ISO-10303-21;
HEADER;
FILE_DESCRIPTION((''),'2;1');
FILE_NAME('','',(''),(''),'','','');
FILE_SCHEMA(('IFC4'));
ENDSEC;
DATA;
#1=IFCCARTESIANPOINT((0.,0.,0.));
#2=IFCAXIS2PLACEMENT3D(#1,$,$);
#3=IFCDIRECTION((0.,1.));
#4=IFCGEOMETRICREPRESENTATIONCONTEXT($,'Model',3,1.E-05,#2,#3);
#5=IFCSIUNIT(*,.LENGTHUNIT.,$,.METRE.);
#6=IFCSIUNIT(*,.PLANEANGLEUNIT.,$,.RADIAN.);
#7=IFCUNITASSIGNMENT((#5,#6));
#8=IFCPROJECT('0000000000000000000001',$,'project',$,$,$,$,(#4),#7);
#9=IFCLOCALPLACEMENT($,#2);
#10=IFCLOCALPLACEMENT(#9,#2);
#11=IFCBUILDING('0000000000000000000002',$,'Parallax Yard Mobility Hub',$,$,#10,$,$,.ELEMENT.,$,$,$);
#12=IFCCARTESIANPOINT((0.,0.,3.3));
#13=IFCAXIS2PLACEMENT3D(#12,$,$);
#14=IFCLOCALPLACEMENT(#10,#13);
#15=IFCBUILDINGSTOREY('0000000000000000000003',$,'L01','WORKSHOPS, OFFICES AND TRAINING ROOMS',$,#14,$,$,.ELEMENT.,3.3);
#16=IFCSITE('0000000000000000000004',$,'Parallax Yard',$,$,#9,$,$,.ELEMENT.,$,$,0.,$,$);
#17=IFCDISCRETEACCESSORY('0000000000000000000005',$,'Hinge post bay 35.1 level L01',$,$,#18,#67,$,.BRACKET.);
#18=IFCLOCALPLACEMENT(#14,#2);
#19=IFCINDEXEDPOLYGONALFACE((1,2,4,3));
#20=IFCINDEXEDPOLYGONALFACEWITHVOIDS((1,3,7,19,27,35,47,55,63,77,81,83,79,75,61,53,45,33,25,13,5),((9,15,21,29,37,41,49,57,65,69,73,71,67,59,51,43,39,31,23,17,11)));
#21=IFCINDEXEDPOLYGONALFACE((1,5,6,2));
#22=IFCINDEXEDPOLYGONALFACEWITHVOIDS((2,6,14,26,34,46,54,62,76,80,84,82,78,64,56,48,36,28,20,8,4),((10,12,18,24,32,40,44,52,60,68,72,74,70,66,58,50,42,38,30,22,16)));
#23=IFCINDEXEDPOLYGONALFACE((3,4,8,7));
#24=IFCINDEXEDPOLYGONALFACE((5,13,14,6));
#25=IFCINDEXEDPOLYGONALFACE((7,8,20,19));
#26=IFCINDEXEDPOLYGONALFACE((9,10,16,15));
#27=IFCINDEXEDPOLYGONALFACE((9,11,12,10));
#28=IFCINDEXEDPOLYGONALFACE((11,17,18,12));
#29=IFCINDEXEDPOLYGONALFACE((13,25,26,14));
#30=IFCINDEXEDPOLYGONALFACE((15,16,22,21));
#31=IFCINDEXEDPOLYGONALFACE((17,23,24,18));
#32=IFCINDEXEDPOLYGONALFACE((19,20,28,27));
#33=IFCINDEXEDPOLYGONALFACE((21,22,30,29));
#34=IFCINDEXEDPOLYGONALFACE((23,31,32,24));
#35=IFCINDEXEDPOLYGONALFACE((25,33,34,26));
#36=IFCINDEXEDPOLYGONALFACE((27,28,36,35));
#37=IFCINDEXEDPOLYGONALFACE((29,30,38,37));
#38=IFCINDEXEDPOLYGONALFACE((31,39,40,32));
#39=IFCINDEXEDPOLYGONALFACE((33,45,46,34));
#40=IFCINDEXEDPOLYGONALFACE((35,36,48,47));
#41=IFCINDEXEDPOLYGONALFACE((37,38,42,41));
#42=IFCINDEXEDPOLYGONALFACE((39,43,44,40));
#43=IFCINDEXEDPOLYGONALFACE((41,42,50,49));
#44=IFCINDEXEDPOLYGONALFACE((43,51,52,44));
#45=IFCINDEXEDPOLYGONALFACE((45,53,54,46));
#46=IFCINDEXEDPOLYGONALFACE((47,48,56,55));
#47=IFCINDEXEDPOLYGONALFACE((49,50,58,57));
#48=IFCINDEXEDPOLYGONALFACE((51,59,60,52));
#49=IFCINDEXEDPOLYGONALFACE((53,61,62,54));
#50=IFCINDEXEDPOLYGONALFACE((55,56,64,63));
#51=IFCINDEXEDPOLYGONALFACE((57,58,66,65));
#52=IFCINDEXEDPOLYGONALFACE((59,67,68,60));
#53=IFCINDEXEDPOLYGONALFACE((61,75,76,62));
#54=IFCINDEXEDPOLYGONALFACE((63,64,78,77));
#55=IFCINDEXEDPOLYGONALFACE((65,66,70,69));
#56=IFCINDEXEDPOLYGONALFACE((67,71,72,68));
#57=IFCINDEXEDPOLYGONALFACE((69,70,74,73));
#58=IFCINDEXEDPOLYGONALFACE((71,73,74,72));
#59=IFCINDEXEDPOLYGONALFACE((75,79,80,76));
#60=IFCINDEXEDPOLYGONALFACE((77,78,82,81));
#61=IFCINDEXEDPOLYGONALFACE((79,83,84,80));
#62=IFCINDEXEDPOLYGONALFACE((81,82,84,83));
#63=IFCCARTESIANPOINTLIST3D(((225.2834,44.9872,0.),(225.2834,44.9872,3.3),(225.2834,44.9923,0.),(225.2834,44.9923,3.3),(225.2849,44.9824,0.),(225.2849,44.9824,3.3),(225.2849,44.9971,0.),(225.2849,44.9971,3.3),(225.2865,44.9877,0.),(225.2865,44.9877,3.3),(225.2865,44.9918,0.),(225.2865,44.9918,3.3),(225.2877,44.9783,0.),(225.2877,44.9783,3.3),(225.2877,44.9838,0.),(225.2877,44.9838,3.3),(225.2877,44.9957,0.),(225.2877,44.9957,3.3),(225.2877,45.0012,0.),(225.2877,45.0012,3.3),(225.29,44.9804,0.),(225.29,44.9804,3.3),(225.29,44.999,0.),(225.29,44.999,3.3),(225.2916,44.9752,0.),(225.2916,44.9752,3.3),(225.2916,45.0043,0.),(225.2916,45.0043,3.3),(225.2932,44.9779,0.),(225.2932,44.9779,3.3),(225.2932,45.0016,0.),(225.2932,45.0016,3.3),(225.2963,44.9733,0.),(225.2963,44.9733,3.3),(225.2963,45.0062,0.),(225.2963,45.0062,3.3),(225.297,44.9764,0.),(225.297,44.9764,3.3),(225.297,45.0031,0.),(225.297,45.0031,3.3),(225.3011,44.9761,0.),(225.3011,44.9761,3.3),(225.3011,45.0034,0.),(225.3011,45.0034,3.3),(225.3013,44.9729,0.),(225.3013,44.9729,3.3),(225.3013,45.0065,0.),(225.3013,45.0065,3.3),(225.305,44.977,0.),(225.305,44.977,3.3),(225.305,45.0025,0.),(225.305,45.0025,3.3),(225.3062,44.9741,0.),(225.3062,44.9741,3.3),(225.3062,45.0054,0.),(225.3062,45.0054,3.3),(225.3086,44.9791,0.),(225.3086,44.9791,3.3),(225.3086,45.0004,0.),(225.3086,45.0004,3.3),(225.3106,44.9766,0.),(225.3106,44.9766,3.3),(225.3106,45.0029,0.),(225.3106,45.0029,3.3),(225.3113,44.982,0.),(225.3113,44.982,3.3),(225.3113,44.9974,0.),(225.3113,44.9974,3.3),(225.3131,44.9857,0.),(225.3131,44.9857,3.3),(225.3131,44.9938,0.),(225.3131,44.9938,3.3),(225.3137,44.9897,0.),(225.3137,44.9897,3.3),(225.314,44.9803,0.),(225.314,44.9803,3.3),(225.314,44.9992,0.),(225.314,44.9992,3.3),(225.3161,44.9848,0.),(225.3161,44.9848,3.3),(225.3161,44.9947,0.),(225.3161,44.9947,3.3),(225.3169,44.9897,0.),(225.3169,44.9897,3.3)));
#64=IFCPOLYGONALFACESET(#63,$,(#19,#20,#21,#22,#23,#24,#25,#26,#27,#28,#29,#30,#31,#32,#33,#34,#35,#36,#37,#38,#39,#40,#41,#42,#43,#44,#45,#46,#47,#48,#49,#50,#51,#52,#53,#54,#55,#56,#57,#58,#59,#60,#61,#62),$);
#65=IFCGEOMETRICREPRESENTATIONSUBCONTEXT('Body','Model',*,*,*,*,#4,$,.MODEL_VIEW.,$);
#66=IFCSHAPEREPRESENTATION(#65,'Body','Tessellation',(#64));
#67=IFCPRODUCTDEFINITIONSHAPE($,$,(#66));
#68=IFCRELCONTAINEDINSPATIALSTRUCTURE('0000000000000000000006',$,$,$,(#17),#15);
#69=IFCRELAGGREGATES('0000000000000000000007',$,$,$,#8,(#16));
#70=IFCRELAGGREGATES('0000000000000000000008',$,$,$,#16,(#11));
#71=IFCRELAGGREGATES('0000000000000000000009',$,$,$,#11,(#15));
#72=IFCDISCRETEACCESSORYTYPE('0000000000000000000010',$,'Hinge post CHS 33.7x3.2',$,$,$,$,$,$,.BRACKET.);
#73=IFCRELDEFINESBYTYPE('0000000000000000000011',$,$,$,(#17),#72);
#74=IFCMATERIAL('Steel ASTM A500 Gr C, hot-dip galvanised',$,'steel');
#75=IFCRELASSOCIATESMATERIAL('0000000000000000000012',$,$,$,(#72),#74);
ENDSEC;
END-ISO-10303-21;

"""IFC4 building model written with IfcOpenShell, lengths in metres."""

from ifc_helpers import new_model, si_unit, direction, frame, origin, origin_2d, place, context, subcontext, project, spatial, hollow_circle, extrude, material, material_profile, profile_set, type_object, element, save


model = new_model("IFC4")

# Units and contexts
model_context = context("Model", 3, precision=1e-05, world=origin(), true_north=direction((0.0, 1.0)))
body_context = subcontext(model_context, "Body", "Model", "MODEL_VIEW")
ifc_project = project(units=[si_unit("LENGTHUNIT", "METRE"), si_unit("PLANEANGLEUNIT", "RADIAN")], contexts=[model_context])

# Site, building, storey
site_placement = place(None, origin())
site = spatial("IfcSite", under=ifc_project, at=site_placement, Name="Parallax Yard", CompositionType="ELEMENT", RefElevation=0.0)
building_placement = place(site_placement, origin())
building = spatial("IfcBuilding", under=site, at=building_placement, Name="Parallax Yard Mobility Hub", CompositionType="ELEMENT")
storey_placement = place(building_placement, frame((0.0, 0.0, 3.3)))
storey = spatial("IfcBuildingStorey", under=building, at=storey_placement, Name="L01", Description="WORKSHOPS, OFFICES AND TRAINING ROOMS", CompositionType="ELEMENT", Elevation=3.3)

# Discrete accessory
ifc_material_1 = material(Name="Steel ASTM A500 Gr C, hot-dip galvanised", Category="steel")
ifc_material_profile_1 = material_profile(ifc_material_1, hollow_circle(Radius=0.0168, WallThickness=0.0032, at=origin_2d()), Name="CHS 33.7x3.2")
ifc_profile_set_1 = profile_set([ifc_material_profile_1], Name="Steel ASTM A500 Gr C, hot-dip galvanised")
discrete_accessory_type_1 = type_object("IfcDiscreteAccessoryType", Name="Hinge post CHS 33.7x3.2", PredefinedType="BRACKET", material=ifc_profile_set_1)
for number, where, z_axis, x_axis, name in (
    (1, (225.3, 44.9897, 0.0), (0.0, 0.0, 1.0), (1.0, 0.0, 0.0), "Hinge post bay 35.1 level L01"),
):
    element("IfcDiscreteAccessory", number, at=place(storey_placement, frame(where, z_axis=z_axis, x_axis=x_axis)), inside=storey, type_object=discrete_accessory_type_1, Name=name, PredefinedType="BRACKET", context=body_context, shape_type="SweptSolid", body=[
        extrude(hollow_circle(Radius=0.0168, WallThickness=0.0032, at=origin_2d()), origin(), (0.0, 0.0, 1.0), 3.3),
    ])

save(model, "model.ifc")
